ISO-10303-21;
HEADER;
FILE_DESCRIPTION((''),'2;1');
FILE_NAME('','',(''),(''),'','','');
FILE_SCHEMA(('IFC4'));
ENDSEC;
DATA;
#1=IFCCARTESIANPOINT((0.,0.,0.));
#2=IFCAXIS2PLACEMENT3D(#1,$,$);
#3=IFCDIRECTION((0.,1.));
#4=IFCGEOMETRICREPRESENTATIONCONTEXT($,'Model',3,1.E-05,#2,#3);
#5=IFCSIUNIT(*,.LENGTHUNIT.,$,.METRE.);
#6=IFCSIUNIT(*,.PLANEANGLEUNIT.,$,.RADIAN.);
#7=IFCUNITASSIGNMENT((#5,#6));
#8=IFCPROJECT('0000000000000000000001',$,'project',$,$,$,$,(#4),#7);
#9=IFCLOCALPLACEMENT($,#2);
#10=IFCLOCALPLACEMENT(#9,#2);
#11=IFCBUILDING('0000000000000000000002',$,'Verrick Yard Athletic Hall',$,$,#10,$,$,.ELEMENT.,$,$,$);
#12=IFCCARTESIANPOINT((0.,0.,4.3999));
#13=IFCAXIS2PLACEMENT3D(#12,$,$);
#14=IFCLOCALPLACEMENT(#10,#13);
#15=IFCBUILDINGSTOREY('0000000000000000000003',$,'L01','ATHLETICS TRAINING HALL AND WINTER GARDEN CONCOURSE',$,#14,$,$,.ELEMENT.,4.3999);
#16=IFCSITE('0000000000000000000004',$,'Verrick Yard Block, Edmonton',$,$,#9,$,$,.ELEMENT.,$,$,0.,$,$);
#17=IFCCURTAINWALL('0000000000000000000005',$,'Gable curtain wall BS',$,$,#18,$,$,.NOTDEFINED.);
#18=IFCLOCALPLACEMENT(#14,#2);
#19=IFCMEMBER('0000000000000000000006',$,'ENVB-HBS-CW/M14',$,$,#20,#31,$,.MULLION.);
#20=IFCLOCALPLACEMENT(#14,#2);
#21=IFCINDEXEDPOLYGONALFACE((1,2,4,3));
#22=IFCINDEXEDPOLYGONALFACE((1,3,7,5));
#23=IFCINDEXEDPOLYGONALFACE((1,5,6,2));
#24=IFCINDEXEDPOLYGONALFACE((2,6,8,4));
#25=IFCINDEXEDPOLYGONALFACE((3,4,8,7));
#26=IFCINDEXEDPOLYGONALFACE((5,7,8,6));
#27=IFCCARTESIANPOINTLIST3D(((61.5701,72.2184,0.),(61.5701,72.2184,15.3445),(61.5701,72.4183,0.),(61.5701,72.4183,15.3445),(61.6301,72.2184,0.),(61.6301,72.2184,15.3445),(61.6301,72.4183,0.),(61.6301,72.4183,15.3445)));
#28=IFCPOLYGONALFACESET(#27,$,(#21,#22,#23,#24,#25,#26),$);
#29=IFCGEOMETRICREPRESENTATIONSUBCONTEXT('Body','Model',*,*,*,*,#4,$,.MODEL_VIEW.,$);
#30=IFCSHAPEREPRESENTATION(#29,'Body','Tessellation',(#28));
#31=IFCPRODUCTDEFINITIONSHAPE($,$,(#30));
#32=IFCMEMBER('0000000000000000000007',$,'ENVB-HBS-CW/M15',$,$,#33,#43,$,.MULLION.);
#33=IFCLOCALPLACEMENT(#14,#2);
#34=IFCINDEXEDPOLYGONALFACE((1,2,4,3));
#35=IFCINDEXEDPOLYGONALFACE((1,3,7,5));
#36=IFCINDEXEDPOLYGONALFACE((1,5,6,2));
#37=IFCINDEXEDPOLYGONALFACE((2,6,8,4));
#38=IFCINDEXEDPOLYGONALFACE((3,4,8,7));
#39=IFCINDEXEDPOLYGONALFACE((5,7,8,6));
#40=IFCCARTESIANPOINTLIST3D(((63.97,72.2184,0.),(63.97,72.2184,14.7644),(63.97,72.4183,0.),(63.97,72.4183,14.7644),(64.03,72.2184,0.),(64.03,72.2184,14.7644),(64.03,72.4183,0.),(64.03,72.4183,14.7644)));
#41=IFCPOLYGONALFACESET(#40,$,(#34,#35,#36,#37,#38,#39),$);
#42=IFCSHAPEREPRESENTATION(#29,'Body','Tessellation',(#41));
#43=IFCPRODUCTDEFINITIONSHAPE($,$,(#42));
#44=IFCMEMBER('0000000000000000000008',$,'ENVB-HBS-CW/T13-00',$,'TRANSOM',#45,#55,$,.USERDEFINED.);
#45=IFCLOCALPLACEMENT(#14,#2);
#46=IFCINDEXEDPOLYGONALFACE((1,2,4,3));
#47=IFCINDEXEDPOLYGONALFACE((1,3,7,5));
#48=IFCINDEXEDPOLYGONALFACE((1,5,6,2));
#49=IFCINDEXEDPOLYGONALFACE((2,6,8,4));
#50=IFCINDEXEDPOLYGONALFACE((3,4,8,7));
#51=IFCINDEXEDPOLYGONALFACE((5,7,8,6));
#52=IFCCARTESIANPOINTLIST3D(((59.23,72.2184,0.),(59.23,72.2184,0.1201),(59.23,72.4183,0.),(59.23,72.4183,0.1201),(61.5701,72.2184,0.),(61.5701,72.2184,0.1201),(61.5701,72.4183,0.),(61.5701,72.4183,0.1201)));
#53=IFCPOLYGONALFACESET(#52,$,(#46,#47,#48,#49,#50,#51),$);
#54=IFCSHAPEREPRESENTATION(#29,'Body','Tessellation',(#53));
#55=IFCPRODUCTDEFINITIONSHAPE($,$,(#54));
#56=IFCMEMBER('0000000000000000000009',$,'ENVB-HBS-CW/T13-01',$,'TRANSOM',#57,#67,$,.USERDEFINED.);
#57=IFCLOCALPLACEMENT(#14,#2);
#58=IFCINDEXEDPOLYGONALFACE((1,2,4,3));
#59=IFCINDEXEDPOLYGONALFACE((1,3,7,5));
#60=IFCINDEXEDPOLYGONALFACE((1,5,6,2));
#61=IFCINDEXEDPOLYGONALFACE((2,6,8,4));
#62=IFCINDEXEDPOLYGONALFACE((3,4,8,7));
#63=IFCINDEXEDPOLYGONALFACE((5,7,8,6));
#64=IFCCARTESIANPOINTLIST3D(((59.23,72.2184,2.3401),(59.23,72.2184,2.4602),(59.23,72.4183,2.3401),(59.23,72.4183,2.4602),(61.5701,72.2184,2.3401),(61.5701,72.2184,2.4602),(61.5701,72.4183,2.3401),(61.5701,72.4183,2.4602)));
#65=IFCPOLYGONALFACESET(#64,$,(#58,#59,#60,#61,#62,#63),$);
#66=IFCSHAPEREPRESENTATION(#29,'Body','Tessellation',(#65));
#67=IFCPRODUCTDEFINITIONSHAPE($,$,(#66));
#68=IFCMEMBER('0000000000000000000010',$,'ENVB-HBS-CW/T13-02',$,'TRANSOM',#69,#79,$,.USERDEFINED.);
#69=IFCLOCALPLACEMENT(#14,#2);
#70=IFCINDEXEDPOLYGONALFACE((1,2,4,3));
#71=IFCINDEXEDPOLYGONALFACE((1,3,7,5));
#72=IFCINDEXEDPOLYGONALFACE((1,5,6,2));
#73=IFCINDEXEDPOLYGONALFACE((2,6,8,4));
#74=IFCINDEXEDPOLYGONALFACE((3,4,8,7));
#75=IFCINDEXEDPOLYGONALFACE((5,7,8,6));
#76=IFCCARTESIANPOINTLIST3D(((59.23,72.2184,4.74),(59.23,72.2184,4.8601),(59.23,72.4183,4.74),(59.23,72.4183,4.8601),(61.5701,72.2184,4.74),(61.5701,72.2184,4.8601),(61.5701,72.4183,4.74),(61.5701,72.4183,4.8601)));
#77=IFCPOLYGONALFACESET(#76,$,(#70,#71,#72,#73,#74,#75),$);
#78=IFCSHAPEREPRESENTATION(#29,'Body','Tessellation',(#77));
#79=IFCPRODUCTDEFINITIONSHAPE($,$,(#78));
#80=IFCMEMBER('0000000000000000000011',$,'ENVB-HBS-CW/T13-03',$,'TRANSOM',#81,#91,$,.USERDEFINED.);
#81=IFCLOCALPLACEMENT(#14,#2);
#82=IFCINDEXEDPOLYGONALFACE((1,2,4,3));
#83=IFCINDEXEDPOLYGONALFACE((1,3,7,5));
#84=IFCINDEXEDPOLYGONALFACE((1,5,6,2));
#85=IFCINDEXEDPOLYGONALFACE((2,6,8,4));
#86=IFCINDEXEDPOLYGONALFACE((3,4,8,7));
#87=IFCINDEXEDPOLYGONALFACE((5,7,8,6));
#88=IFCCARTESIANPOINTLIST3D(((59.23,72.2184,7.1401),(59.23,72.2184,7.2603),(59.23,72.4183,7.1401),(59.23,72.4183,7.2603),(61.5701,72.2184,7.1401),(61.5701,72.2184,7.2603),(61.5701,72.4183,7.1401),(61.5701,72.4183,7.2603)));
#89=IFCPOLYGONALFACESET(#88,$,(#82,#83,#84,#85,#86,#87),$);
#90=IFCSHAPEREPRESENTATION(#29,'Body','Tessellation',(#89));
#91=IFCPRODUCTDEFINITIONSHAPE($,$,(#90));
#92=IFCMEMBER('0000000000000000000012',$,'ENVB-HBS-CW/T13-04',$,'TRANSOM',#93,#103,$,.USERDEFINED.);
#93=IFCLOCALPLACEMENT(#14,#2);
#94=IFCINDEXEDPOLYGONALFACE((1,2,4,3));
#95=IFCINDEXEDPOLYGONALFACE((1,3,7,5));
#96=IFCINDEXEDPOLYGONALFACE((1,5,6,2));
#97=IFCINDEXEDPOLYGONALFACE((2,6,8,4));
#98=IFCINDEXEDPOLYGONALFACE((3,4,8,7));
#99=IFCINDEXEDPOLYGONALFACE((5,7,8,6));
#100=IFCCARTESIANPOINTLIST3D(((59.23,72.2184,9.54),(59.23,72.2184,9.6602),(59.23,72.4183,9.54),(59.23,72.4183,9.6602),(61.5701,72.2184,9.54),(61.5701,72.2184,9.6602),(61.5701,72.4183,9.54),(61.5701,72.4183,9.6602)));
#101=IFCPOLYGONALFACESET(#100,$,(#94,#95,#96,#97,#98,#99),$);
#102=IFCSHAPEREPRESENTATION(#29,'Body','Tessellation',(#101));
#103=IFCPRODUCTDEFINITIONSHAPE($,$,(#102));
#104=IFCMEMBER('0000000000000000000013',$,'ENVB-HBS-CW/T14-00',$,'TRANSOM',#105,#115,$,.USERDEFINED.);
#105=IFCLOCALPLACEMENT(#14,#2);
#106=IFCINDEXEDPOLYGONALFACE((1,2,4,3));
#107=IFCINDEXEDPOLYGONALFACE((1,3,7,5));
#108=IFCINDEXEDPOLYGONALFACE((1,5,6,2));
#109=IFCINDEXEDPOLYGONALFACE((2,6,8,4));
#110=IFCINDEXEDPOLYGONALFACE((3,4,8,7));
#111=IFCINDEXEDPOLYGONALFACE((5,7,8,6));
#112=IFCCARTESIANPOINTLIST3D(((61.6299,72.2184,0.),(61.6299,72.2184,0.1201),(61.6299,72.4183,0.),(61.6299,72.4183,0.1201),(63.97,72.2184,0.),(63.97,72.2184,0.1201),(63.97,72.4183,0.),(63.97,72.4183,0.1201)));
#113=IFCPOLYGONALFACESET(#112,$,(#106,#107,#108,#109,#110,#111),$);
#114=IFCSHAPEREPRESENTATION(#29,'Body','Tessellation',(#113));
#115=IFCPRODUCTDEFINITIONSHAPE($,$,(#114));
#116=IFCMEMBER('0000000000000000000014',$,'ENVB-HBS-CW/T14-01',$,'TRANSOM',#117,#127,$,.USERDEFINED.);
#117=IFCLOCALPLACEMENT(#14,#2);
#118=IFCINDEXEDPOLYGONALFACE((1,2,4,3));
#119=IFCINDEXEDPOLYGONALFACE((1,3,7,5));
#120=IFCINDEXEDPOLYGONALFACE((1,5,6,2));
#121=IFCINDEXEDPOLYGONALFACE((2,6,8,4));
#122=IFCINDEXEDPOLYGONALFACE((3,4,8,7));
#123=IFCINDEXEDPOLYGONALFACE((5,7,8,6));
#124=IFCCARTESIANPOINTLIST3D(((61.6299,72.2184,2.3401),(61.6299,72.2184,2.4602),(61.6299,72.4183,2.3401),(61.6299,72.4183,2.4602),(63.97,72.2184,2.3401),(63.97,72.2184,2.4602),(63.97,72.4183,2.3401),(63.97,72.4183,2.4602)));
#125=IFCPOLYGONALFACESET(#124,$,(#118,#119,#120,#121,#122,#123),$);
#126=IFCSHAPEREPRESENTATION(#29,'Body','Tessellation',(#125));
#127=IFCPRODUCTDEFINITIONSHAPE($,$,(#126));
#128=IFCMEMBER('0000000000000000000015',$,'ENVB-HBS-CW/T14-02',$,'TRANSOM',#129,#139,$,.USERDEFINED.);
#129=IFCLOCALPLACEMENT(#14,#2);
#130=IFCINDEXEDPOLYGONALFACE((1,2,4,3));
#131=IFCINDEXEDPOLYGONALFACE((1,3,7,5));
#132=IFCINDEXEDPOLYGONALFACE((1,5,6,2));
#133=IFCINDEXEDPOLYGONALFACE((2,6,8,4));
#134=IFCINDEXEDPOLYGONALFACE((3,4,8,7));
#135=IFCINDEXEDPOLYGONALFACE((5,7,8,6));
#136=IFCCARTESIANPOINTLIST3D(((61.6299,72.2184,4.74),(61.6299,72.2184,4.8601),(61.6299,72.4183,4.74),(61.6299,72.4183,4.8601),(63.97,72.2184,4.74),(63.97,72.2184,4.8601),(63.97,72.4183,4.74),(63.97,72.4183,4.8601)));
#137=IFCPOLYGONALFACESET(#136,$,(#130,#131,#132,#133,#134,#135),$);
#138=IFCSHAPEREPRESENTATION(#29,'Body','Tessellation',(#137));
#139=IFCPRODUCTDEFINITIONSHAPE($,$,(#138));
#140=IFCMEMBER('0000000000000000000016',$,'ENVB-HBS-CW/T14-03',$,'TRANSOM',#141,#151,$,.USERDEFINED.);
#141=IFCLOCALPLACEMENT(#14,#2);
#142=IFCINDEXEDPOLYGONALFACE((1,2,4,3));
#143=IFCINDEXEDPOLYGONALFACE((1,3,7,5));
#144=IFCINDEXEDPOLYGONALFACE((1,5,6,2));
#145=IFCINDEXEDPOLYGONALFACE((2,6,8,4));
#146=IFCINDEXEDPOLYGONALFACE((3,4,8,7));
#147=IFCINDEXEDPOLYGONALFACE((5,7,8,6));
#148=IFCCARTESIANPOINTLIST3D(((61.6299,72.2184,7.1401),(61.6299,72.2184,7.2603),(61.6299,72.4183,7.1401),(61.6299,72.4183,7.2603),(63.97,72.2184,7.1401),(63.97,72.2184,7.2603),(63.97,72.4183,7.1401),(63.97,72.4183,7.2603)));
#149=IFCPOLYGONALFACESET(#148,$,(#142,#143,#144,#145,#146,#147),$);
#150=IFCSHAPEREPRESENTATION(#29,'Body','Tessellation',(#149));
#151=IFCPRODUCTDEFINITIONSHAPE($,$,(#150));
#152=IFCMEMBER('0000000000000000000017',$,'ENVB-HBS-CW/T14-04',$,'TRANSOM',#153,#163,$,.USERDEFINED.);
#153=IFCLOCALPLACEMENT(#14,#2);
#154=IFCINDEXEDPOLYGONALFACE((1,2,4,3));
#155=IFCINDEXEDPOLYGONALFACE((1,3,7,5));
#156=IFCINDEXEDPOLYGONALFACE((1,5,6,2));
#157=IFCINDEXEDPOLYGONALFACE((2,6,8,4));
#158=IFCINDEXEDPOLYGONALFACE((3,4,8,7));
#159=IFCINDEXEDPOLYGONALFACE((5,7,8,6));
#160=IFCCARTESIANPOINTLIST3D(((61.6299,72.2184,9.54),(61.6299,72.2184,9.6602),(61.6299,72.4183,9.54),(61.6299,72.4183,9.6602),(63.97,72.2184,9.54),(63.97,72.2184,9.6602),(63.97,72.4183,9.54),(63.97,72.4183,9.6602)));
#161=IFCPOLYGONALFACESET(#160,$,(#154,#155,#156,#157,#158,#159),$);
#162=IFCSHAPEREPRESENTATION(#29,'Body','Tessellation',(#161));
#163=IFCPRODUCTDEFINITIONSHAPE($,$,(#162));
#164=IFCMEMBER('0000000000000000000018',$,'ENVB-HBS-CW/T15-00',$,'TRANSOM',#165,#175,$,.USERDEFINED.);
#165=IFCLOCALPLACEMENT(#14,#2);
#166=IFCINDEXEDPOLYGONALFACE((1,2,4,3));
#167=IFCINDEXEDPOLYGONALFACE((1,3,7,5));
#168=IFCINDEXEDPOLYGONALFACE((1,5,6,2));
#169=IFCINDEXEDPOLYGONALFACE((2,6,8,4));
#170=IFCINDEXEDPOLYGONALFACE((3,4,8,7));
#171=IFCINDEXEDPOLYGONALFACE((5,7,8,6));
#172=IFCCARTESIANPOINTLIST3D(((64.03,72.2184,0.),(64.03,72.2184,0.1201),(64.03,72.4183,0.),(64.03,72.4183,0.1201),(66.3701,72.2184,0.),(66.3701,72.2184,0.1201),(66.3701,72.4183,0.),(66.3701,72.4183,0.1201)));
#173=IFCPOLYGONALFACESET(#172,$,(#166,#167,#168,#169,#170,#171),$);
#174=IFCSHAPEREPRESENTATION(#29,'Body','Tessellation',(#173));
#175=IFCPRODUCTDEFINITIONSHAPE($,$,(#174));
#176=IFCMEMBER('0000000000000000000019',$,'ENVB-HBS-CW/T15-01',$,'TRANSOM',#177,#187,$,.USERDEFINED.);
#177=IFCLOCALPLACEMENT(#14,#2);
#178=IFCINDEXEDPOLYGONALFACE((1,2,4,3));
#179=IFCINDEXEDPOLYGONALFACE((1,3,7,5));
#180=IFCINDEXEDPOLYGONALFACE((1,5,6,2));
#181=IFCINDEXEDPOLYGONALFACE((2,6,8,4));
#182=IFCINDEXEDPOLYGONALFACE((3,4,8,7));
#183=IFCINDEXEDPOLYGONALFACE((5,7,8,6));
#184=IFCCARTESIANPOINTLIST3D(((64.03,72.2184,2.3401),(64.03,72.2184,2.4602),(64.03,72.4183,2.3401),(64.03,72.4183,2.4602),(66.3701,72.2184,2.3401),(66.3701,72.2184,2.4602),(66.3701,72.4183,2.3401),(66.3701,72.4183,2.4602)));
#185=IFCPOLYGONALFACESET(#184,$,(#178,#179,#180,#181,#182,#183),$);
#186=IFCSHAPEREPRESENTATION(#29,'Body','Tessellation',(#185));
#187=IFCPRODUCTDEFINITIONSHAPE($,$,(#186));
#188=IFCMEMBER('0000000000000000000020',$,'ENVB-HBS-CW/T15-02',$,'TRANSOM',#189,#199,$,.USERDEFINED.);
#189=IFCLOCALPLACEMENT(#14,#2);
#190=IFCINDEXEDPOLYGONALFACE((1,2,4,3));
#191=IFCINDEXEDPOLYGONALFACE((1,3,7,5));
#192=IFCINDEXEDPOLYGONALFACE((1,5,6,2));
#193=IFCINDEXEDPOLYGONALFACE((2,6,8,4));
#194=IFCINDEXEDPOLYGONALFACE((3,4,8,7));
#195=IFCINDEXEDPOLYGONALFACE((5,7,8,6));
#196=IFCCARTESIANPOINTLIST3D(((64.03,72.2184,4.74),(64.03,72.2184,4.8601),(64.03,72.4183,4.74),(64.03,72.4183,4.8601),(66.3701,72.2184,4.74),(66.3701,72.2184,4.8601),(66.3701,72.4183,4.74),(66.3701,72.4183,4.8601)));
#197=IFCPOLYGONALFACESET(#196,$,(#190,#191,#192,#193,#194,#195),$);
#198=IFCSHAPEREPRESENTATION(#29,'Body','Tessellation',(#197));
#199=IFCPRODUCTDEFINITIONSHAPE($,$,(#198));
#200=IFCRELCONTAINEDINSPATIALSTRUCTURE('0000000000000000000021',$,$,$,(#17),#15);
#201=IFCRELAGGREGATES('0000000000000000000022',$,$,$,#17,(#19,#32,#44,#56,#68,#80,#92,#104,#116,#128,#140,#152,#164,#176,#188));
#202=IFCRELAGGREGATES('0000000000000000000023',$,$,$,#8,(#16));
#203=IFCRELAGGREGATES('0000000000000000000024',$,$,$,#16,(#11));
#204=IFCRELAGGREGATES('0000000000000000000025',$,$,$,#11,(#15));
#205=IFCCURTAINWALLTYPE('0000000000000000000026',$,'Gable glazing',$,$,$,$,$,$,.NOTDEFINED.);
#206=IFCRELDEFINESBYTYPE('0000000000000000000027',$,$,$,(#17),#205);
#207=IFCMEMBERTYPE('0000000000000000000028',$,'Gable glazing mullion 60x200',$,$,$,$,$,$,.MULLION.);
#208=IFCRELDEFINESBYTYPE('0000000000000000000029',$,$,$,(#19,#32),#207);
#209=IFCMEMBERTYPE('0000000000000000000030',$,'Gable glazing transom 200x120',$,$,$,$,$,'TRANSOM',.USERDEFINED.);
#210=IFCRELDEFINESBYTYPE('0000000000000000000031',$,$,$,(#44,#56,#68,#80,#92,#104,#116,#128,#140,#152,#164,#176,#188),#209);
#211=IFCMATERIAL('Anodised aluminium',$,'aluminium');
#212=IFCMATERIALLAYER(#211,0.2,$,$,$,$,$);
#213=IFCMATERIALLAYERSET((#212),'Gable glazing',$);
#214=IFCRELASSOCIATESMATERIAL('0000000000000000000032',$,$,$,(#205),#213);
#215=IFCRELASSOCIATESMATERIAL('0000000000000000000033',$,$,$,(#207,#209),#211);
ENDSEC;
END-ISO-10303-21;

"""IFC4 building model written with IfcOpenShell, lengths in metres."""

from ifc_helpers import new_model, si_unit, direction, frame, origin, origin_2d, place, context, subcontext, project, spatial, rectangle, extrude, material, layer, layer_set, material_profile, profile_set, type_object, element, aggregate, save


model = new_model("IFC4")

# Units and contexts
model_context = context("Model", 3, precision=1e-05, world=origin(), true_north=direction((0.0, 1.0)))
body_context = subcontext(model_context, "Body", "Model", "MODEL_VIEW")
ifc_project = project(units=[si_unit("LENGTHUNIT", "METRE"), si_unit("PLANEANGLEUNIT", "RADIAN")], contexts=[model_context])

# Site, building, storey
site_placement = place(None, origin())
site = spatial("IfcSite", under=ifc_project, at=site_placement, Name="Verrick Yard Block, Edmonton", CompositionType="ELEMENT", RefElevation=0.0)
building_placement = place(site_placement, origin())
building = spatial("IfcBuilding", under=site, at=building_placement, Name="Verrick Yard Athletic Hall", CompositionType="ELEMENT")
storey_placement = place(building_placement, frame((0.0, 0.0, 4.3999)))
storey = spatial("IfcBuildingStorey", under=building, at=storey_placement, Name="L01", Description="ATHLETICS TRAINING HALL AND WINTER GARDEN CONCOURSE", CompositionType="ELEMENT", Elevation=4.3999)

# Curtain wall, members
ifc_material_1 = material(Name="Anodised aluminium", Category="aluminium")
ifc_layer_1 = layer(ifc_material_1, 0.2)
ifc_layer_set_1 = layer_set([ifc_layer_1], Name="Gable glazing")
curtain_wall_type = type_object("IfcCurtainWallType", Name="Gable glazing", PredefinedType="NOTDEFINED", material=ifc_layer_set_1)
curtain_wall_placement = place(storey_placement, origin())
curtain_wall = element("IfcCurtainWall", 1, at=curtain_wall_placement, inside=storey, type_object=curtain_wall_type, Name="Gable curtain wall BS", PredefinedType="NOTDEFINED")
ifc_material_profile_1 = material_profile(ifc_material_1, rectangle(XDim=0.2, YDim=0.0601, at=origin_2d()), Name="CW gable mullion 60x200")
ifc_profile_set_1 = profile_set([ifc_material_profile_1], Name="Anodised aluminium")
member_type_1 = type_object("IfcMemberType", Name="Gable glazing mullion 60x200", PredefinedType="MULLION", material=ifc_profile_set_1)
member_1_placement = place(storey_placement, frame((61.6001, 72.3184, 0.0), z_axis=(0.0, 0.0, 1.0), x_axis=(0.0, 1.0, 0.0)))
member_1 = element("IfcMember", 2, at=member_1_placement, type_object=member_type_1, Name="ENVB-HBS-CW/M14", PredefinedType="MULLION", context=body_context, shape_type="SweptSolid", body=[
    extrude(rectangle(XDim=0.2, YDim=0.0601, at=origin_2d()), origin(), (0.0, 0.0, 1.0), 15.3445),
])
member_2_placement = place(storey_placement, frame((64.0, 72.3184, 0.0), z_axis=(0.0, 0.0, 1.0), x_axis=(0.0, 1.0, 0.0)))
member_2 = element("IfcMember", 3, at=member_2_placement, type_object=member_type_1, Name="ENVB-HBS-CW/M15", PredefinedType="MULLION", context=body_context, shape_type="SweptSolid", body=[
    extrude(rectangle(XDim=0.2, YDim=0.0601, at=origin_2d()), origin(), (0.0, 0.0, 1.0), 14.7644),
])
ifc_material_profile_2 = material_profile(ifc_material_1, rectangle(XDim=0.2, YDim=0.1201, at=origin_2d()), Name="CW gable transom 200x120")
ifc_profile_set_2 = profile_set([ifc_material_profile_2], Name="Anodised aluminium")
member_type_2 = type_object("IfcMemberType", Name="Gable glazing transom 200x120", ElementType="TRANSOM", PredefinedType="USERDEFINED", material=ifc_profile_set_2)
member_3_placement = place(storey_placement, frame((59.23, 72.3184, 0.0601), z_axis=(1.0, 0.0, 0.0), x_axis=(0.0, 1.0, 0.0)))
member_3 = element("IfcMember", 4, at=member_3_placement, type_object=member_type_2, Name="ENVB-HBS-CW/T13-00", ObjectType="TRANSOM", PredefinedType="USERDEFINED", context=body_context, shape_type="SweptSolid", body=[
    extrude(rectangle(XDim=0.2, YDim=0.1201, at=origin_2d()), origin(), (0.0, 0.0, 1.0), 2.3401),
])
member_4_placement = place(storey_placement, frame((59.23, 72.3184, 2.4001), z_axis=(1.0, 0.0, 0.0), x_axis=(0.0, 1.0, 0.0)))
member_4 = element("IfcMember", 5, at=member_4_placement, type_object=member_type_2, Name="ENVB-HBS-CW/T13-01", ObjectType="TRANSOM", PredefinedType="USERDEFINED", context=body_context, shape_type="SweptSolid", body=[
    extrude(rectangle(XDim=0.2, YDim=0.1201, at=origin_2d()), origin(), (0.0, 0.0, 1.0), 2.3401),
])
member_5_placement = place(storey_placement, frame((59.23, 72.3184, 4.8), z_axis=(1.0, 0.0, 0.0), x_axis=(0.0, 1.0, 0.0)))
member_5 = element("IfcMember", 6, at=member_5_placement, type_object=member_type_2, Name="ENVB-HBS-CW/T13-02", ObjectType="TRANSOM", PredefinedType="USERDEFINED", context=body_context, shape_type="SweptSolid", body=[
    extrude(rectangle(XDim=0.2, YDim=0.1201, at=origin_2d()), origin(), (0.0, 0.0, 1.0), 2.3401),
])
member_6_placement = place(storey_placement, frame((59.23, 72.3184, 7.2002), z_axis=(1.0, 0.0, 0.0), x_axis=(0.0, 1.0, 0.0)))
member_6 = element("IfcMember", 7, at=member_6_placement, type_object=member_type_2, Name="ENVB-HBS-CW/T13-03", ObjectType="TRANSOM", PredefinedType="USERDEFINED", context=body_context, shape_type="SweptSolid", body=[
    extrude(rectangle(XDim=0.2, YDim=0.1201, at=origin_2d()), origin(), (0.0, 0.0, 1.0), 2.3401),
])
member_7_placement = place(storey_placement, frame((59.23, 72.3184, 9.6001), z_axis=(1.0, 0.0, 0.0), x_axis=(0.0, 1.0, 0.0)))
member_7 = element("IfcMember", 8, at=member_7_placement, type_object=member_type_2, Name="ENVB-HBS-CW/T13-04", ObjectType="TRANSOM", PredefinedType="USERDEFINED", context=body_context, shape_type="SweptSolid", body=[
    extrude(rectangle(XDim=0.2, YDim=0.1201, at=origin_2d()), origin(), (0.0, 0.0, 1.0), 2.3401),
])
member_8_placement = place(storey_placement, frame((61.6299, 72.3184, 0.0601), z_axis=(1.0, 0.0, 0.0), x_axis=(0.0, 1.0, 0.0)))
member_8 = element("IfcMember", 9, at=member_8_placement, type_object=member_type_2, Name="ENVB-HBS-CW/T14-00", ObjectType="TRANSOM", PredefinedType="USERDEFINED", context=body_context, shape_type="SweptSolid", body=[
    extrude(rectangle(XDim=0.2, YDim=0.1201, at=origin_2d()), origin(), (0.0, 0.0, 1.0), 2.3401),
])
member_9_placement = place(storey_placement, frame((61.6299, 72.3184, 2.4001), z_axis=(1.0, 0.0, 0.0), x_axis=(0.0, 1.0, 0.0)))
member_9 = element("IfcMember", 10, at=member_9_placement, type_object=member_type_2, Name="ENVB-HBS-CW/T14-01", ObjectType="TRANSOM", PredefinedType="USERDEFINED", context=body_context, shape_type="SweptSolid", body=[
    extrude(rectangle(XDim=0.2, YDim=0.1201, at=origin_2d()), origin(), (0.0, 0.0, 1.0), 2.3401),
])
member_10_placement = place(storey_placement, frame((61.6299, 72.3184, 4.8), z_axis=(1.0, 0.0, 0.0), x_axis=(0.0, 1.0, 0.0)))
member_10 = element("IfcMember", 11, at=member_10_placement, type_object=member_type_2, Name="ENVB-HBS-CW/T14-02", ObjectType="TRANSOM", PredefinedType="USERDEFINED", context=body_context, shape_type="SweptSolid", body=[
    extrude(rectangle(XDim=0.2, YDim=0.1201, at=origin_2d()), origin(), (0.0, 0.0, 1.0), 2.3401),
])
member_11_placement = place(storey_placement, frame((61.6299, 72.3184, 7.2002), z_axis=(1.0, 0.0, 0.0), x_axis=(0.0, 1.0, 0.0)))
member_11 = element("IfcMember", 12, at=member_11_placement, type_object=member_type_2, Name="ENVB-HBS-CW/T14-03", ObjectType="TRANSOM", PredefinedType="USERDEFINED", context=body_context, shape_type="SweptSolid", body=[
    extrude(rectangle(XDim=0.2, YDim=0.1201, at=origin_2d()), origin(), (0.0, 0.0, 1.0), 2.3401),
])
member_12_placement = place(storey_placement, frame((61.6299, 72.3184, 9.6001), z_axis=(1.0, 0.0, 0.0), x_axis=(0.0, 1.0, 0.0)))
member_12 = element("IfcMember", 13, at=member_12_placement, type_object=member_type_2, Name="ENVB-HBS-CW/T14-04", ObjectType="TRANSOM", PredefinedType="USERDEFINED", context=body_context, shape_type="SweptSolid", body=[
    extrude(rectangle(XDim=0.2, YDim=0.1201, at=origin_2d()), origin(), (0.0, 0.0, 1.0), 2.3401),
])
member_13_placement = place(storey_placement, frame((64.03, 72.3184, 0.0601), z_axis=(1.0, 0.0, 0.0), x_axis=(0.0, 1.0, 0.0)))
member_13 = element("IfcMember", 14, at=member_13_placement, type_object=member_type_2, Name="ENVB-HBS-CW/T15-00", ObjectType="TRANSOM", PredefinedType="USERDEFINED", context=body_context, shape_type="SweptSolid", body=[
    extrude(rectangle(XDim=0.2, YDim=0.1201, at=origin_2d()), origin(), (0.0, 0.0, 1.0), 2.3401),
])
member_14_placement = place(storey_placement, frame((64.03, 72.3184, 2.4001), z_axis=(1.0, 0.0, 0.0), x_axis=(0.0, 1.0, 0.0)))
member_14 = element("IfcMember", 15, at=member_14_placement, type_object=member_type_2, Name="ENVB-HBS-CW/T15-01", ObjectType="TRANSOM", PredefinedType="USERDEFINED", context=body_context, shape_type="SweptSolid", body=[
    extrude(rectangle(XDim=0.2, YDim=0.1201, at=origin_2d()), origin(), (0.0, 0.0, 1.0), 2.3401),
])
member_15_placement = place(storey_placement, frame((64.03, 72.3184, 4.8), z_axis=(1.0, 0.0, 0.0), x_axis=(0.0, 1.0, 0.0)))
member_15 = element("IfcMember", 16, at=member_15_placement, type_object=member_type_2, Name="ENVB-HBS-CW/T15-02", ObjectType="TRANSOM", PredefinedType="USERDEFINED", context=body_context, shape_type="SweptSolid", body=[
    extrude(rectangle(XDim=0.2, YDim=0.1201, at=origin_2d()), origin(), (0.0, 0.0, 1.0), 2.3401),
])
aggregate(curtain_wall, [member_1, member_2, member_3, member_4, member_5, member_6, member_7, member_8, member_9, member_10, member_11, member_12, member_13, member_14, member_15])

save(model, "model.ifc")
